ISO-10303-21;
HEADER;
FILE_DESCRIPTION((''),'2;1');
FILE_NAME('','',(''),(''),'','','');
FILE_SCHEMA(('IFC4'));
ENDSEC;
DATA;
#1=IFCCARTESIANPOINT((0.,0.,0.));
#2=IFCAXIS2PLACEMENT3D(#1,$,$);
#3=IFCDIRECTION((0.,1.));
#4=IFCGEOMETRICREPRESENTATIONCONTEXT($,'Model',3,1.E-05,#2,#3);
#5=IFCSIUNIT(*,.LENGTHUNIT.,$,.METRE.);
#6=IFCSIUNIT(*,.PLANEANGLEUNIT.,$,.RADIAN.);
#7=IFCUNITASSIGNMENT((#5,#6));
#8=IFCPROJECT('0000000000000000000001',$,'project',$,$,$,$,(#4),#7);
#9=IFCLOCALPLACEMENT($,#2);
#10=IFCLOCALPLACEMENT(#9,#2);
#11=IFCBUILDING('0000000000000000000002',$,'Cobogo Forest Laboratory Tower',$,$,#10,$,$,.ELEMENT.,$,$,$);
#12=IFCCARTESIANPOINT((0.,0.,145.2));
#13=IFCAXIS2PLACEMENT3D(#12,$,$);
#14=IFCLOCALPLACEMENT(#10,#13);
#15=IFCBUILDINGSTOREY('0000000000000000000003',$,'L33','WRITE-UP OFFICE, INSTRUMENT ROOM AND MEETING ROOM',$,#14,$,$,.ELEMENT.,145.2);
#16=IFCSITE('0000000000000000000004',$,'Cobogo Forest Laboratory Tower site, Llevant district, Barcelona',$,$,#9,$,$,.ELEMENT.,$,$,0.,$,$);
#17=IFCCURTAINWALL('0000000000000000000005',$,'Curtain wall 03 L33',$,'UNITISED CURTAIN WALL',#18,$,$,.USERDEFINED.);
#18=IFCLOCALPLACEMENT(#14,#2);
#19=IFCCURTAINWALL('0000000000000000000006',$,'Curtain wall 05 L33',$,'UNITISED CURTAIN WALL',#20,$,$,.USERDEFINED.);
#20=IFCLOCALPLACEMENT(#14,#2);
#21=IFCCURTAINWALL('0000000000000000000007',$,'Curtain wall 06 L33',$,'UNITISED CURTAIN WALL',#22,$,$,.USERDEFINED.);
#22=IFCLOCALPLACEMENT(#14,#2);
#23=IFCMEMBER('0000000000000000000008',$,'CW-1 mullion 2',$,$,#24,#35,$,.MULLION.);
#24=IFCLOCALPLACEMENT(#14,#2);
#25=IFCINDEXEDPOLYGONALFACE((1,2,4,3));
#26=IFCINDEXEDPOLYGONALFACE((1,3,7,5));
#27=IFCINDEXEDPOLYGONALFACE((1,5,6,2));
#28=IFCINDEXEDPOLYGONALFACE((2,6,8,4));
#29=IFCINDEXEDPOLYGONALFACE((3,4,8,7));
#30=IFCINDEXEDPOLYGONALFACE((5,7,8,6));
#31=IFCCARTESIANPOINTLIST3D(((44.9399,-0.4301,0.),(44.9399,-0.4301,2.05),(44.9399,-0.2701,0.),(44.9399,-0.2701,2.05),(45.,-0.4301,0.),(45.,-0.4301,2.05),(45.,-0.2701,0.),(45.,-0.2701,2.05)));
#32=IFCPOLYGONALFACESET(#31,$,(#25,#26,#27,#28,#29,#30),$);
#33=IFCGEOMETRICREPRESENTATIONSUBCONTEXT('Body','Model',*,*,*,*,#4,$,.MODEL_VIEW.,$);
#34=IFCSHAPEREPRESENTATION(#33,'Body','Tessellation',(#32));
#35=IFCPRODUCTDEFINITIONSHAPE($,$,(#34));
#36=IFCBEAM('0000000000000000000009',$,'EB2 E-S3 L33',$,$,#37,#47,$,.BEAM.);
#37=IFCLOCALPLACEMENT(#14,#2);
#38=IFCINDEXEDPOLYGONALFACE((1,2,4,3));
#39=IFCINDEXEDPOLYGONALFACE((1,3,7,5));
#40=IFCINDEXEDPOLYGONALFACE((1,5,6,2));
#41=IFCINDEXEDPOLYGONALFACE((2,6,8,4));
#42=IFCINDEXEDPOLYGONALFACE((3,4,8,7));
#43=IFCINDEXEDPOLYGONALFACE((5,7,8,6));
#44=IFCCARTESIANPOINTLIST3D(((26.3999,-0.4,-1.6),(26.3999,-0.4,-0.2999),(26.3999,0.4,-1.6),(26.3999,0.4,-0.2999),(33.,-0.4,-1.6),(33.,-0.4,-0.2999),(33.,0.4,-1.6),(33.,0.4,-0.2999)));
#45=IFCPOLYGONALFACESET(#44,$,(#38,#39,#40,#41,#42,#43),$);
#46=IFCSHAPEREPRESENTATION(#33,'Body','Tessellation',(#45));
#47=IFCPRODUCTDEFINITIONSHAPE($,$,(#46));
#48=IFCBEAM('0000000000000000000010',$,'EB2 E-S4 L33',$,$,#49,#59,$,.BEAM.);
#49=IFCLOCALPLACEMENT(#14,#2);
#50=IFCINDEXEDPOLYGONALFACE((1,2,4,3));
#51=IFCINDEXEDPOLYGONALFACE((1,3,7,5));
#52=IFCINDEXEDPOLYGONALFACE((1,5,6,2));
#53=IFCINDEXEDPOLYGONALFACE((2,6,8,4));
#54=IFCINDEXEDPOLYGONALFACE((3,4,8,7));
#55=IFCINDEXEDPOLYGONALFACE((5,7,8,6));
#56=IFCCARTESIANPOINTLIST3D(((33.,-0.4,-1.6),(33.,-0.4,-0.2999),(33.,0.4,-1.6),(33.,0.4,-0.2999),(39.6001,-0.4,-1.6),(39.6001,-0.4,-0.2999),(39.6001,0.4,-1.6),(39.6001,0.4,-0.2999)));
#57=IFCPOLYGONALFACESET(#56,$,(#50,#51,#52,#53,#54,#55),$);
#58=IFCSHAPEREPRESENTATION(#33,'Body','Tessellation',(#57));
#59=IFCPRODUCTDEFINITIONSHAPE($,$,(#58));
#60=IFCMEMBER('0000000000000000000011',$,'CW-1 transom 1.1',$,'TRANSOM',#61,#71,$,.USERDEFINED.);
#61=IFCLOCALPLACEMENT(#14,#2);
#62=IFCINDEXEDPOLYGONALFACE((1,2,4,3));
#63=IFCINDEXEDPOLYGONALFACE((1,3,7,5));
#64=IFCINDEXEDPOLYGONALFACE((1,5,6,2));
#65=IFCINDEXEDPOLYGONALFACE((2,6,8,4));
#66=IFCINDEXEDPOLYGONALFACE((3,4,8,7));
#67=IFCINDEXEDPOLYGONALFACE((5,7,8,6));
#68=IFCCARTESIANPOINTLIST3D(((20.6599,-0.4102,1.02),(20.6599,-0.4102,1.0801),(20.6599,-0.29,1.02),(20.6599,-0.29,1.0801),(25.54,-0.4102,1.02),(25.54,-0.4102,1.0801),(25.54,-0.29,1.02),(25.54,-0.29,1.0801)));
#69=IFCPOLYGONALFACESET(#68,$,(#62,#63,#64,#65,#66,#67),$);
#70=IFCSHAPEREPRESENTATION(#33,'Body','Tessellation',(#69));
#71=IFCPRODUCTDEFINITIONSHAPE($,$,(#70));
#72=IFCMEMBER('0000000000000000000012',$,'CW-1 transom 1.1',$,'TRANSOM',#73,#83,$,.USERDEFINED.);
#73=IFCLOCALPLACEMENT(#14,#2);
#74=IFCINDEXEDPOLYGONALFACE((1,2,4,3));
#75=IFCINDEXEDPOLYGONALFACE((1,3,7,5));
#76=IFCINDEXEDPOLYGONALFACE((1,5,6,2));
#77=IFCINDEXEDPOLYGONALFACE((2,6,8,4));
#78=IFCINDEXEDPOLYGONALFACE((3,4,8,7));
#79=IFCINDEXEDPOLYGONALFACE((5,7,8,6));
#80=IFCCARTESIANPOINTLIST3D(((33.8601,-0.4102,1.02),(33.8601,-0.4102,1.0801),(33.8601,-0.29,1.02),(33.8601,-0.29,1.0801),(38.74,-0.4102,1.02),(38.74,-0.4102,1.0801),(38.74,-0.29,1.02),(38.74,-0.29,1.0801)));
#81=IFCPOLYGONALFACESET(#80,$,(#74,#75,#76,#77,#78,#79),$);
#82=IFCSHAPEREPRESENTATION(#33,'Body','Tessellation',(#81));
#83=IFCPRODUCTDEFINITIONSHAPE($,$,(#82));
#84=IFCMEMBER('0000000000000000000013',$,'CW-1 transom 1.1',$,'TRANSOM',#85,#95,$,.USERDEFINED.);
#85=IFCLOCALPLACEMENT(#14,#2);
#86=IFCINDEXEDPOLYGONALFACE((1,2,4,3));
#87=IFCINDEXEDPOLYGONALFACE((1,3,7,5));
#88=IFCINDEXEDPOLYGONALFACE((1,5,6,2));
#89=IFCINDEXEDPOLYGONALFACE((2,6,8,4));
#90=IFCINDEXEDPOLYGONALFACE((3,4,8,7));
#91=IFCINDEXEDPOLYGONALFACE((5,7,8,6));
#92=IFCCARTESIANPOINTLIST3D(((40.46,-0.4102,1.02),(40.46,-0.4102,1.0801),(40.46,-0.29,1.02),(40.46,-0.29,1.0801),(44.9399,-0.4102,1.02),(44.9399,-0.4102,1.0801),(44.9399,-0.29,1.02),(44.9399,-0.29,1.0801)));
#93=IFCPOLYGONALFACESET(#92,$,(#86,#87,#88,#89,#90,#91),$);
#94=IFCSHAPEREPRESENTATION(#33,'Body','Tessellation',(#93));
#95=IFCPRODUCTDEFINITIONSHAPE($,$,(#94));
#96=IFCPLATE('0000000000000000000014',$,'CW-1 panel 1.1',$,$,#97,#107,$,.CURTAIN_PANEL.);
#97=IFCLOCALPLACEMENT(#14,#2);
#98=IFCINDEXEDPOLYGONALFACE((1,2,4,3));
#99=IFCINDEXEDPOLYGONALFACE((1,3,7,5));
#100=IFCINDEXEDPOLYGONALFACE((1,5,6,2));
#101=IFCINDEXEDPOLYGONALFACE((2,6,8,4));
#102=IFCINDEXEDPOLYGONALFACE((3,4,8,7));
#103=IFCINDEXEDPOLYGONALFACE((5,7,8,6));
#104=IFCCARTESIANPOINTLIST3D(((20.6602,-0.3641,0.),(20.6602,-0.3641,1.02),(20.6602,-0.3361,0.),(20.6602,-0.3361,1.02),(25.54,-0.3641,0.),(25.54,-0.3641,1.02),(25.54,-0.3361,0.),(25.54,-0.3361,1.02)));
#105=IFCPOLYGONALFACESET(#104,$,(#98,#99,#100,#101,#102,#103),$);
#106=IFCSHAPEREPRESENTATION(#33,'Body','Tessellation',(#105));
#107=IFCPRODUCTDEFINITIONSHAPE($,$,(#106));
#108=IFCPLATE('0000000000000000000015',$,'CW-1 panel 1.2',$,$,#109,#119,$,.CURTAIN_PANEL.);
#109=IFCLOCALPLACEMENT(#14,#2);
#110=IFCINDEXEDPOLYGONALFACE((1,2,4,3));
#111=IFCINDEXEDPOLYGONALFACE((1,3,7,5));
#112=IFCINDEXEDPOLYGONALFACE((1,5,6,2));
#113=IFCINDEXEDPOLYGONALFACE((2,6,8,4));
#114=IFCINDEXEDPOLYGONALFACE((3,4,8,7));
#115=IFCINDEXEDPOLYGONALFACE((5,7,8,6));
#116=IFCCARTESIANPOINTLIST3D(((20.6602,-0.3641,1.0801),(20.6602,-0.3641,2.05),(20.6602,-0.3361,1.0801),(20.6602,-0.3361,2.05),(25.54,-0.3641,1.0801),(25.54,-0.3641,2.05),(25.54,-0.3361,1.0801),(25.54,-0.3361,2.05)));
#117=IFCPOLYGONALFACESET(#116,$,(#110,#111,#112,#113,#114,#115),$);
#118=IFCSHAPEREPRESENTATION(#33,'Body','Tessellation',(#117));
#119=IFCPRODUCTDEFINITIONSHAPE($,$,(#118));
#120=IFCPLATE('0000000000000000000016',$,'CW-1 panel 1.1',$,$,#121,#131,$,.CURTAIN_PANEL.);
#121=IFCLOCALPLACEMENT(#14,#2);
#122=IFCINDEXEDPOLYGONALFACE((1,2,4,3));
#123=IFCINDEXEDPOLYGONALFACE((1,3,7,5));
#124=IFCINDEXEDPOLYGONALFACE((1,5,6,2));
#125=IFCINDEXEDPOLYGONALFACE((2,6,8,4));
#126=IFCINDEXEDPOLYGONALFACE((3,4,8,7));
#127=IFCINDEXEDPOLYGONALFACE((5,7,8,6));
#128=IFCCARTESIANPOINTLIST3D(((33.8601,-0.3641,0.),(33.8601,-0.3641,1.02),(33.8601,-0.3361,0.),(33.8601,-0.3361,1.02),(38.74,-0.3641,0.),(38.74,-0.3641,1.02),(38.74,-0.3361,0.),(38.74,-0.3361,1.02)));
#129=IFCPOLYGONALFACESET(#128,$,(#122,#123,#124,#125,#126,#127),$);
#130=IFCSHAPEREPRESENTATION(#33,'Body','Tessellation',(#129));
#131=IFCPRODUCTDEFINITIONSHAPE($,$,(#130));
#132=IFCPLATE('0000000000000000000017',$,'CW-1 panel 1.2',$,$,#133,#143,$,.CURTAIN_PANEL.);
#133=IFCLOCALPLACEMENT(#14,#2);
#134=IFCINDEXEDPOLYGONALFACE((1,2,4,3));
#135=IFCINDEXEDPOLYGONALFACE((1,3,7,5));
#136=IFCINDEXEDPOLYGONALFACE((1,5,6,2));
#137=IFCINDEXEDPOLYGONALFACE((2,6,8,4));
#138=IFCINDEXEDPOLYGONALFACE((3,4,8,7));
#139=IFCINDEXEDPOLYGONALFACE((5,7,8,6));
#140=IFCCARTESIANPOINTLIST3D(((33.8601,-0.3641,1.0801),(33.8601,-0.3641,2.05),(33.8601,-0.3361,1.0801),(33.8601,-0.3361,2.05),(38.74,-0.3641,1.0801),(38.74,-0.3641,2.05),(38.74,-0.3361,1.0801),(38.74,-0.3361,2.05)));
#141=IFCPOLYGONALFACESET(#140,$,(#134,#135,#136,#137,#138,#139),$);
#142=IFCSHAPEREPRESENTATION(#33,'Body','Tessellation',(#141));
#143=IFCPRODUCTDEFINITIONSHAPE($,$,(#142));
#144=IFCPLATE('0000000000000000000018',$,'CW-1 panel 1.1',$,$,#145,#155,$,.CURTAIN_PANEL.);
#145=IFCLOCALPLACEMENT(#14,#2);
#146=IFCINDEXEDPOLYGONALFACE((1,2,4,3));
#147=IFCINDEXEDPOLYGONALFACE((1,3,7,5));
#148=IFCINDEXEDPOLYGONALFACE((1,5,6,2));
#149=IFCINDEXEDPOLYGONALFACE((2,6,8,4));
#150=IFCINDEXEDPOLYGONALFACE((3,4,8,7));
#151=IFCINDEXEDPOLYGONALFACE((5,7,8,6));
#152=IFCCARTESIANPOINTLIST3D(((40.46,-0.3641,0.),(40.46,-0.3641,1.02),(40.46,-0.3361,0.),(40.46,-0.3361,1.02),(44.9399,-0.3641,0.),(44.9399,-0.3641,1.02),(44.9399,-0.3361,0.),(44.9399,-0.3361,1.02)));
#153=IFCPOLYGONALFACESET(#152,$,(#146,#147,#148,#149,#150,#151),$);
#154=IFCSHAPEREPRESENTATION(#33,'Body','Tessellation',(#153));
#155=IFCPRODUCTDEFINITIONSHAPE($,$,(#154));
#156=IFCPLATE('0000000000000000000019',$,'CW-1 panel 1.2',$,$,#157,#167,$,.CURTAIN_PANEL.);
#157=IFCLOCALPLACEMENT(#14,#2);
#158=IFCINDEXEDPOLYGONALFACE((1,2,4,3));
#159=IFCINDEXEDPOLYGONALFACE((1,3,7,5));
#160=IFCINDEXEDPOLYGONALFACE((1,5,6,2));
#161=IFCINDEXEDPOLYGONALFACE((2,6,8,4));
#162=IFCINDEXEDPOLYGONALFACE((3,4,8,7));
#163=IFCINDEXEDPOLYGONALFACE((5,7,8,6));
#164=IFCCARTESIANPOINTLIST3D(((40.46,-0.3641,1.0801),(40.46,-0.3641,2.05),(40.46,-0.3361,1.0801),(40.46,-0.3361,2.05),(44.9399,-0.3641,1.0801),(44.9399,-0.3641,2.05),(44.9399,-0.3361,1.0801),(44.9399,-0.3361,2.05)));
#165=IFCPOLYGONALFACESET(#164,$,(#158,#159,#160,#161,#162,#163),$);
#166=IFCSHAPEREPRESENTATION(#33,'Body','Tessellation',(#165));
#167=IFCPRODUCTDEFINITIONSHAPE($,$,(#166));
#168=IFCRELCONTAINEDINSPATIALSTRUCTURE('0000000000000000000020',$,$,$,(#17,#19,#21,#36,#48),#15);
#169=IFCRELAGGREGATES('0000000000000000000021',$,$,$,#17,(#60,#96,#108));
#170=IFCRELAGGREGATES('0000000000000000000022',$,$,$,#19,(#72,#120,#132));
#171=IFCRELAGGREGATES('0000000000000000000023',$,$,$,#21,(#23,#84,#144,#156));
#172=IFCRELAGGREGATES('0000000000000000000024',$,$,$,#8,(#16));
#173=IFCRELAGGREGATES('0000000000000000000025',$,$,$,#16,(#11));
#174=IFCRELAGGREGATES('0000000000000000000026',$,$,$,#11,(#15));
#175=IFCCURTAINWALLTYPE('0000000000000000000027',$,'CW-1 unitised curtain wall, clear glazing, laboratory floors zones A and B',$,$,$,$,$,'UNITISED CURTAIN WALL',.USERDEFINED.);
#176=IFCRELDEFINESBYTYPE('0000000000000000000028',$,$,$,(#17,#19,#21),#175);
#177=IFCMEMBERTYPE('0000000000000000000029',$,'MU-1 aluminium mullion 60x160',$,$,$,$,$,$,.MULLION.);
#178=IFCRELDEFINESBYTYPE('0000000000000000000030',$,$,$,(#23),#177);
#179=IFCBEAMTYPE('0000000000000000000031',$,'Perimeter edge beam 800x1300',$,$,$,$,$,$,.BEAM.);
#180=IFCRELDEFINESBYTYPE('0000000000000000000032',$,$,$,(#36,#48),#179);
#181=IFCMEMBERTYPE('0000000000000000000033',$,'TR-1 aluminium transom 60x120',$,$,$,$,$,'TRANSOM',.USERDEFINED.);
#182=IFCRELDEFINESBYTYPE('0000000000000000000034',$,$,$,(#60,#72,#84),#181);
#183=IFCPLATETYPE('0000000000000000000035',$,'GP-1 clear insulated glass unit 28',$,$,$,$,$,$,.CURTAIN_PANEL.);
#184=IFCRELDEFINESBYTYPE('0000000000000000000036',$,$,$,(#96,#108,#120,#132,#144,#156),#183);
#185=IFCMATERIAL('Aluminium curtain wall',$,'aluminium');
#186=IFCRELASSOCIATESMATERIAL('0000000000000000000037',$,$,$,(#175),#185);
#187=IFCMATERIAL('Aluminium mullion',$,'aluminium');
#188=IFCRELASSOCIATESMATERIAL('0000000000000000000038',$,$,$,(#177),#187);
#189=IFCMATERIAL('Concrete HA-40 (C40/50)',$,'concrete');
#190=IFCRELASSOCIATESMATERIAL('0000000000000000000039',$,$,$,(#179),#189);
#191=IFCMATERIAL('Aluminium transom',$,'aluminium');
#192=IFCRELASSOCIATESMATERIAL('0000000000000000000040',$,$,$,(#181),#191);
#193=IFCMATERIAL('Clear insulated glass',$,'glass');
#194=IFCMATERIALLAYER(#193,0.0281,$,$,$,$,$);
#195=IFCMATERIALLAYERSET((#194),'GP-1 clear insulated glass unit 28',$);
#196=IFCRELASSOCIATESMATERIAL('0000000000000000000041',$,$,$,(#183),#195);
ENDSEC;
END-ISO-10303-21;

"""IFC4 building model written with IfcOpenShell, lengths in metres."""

from ifc_helpers import new_model, si_unit, direction, frame, origin, origin_2d, place, context, subcontext, project, spatial, rectangle, extrude, material, layer, layer_set, material_profile, profile_set, type_object, element, aggregate, save


model = new_model("IFC4")

# Units and contexts
model_context = context("Model", 3, precision=1e-05, world=origin(), true_north=direction((0.0, 1.0)))
body_context = subcontext(model_context, "Body", "Model", "MODEL_VIEW")
ifc_project = project(units=[si_unit("LENGTHUNIT", "METRE"), si_unit("PLANEANGLEUNIT", "RADIAN")], contexts=[model_context])

# Site, building, storey
site_placement = place(None, origin())
site = spatial("IfcSite", under=ifc_project, at=site_placement, Name="Cobogo Forest Laboratory Tower site, Llevant district, Barcelona", CompositionType="ELEMENT", RefElevation=0.0)
building_placement = place(site_placement, origin())
building = spatial("IfcBuilding", under=site, at=building_placement, Name="Cobogo Forest Laboratory Tower", CompositionType="ELEMENT")
storey_placement = place(building_placement, frame((0.0, 0.0, 145.2)))
storey = spatial("IfcBuildingStorey", under=building, at=storey_placement, Name="L33", Description="WRITE-UP OFFICE, INSTRUMENT ROOM AND MEETING ROOM", CompositionType="ELEMENT", Elevation=145.2)

# Shared definitions
ifc_material_1 = material(Name="Concrete HA-40 (C40/50)", Category="concrete")

# Curtain walls, member
ifc_material_2 = material(Name="Aluminium curtain wall", Category="aluminium")
curtain_wall_type = type_object("IfcCurtainWallType", Name="CW-1 unitised curtain wall, clear glazing, laboratory floors zones A and B", ElementType="UNITISED CURTAIN WALL", PredefinedType="USERDEFINED", material=ifc_material_2)
curtain_wall_1_placement = place(storey_placement, origin())
curtain_wall_1 = element("IfcCurtainWall", 1, at=curtain_wall_1_placement, inside=storey, type_object=curtain_wall_type, Name="Curtain wall 03 L33", ObjectType="UNITISED CURTAIN WALL", PredefinedType="USERDEFINED")
ifc_material_3 = material(Name="Aluminium mullion", Category="aluminium")
ifc_material_profile_1 = material_profile(ifc_material_3, rectangle(XDim=0.0601, YDim=0.1599, at=origin_2d()), Name="AL 60x160")
ifc_profile_set_1 = profile_set([ifc_material_profile_1], Name="Aluminium mullion")
member_type_1 = type_object("IfcMemberType", Name="MU-1 aluminium mullion 60x160", PredefinedType="MULLION", material=ifc_profile_set_1)
curtain_wall_2_placement = place(storey_placement, origin())
curtain_wall_2 = element("IfcCurtainWall", 2, at=curtain_wall_2_placement, inside=storey, type_object=curtain_wall_type, Name="Curtain wall 05 L33", ObjectType="UNITISED CURTAIN WALL", PredefinedType="USERDEFINED")
curtain_wall_3_placement = place(storey_placement, origin())
curtain_wall_3 = element("IfcCurtainWall", 3, at=curtain_wall_3_placement, inside=storey, type_object=curtain_wall_type, Name="Curtain wall 06 L33", ObjectType="UNITISED CURTAIN WALL", PredefinedType="USERDEFINED")
member_1_placement = place(storey_placement, frame((44.97, -0.3501, 0.0), z_axis=(0.0, 0.0, 1.0), x_axis=(1.0, 0.0, 0.0)))
member_1 = element("IfcMember", 4, at=member_1_placement, type_object=member_type_1, Name="CW-1 mullion 2", PredefinedType="MULLION", context=body_context, shape_type="SweptSolid", body=[
    extrude(rectangle(XDim=0.0601, YDim=0.1599, at=origin_2d()), origin(), (0.0, 0.0, 1.0), 2.05),
])

# Beams
ifc_material_profile_2 = material_profile(ifc_material_1, rectangle(XDim=0.8, YDim=1.3, at=origin_2d()), Name="RC 800x1300")
ifc_profile_set_2 = profile_set([ifc_material_profile_2], Name="Concrete HA-40 (C40/50)")
beam_type_1 = type_object("IfcBeamType", Name="Perimeter edge beam 800x1300", PredefinedType="BEAM", material=ifc_profile_set_2)
for number, where, z_axis, x_axis, name in (
    (5, (26.3999, 0.0, -0.95), (1.0, 0.0, 0.0), (0.0, 1.0, 0.0), "EB2 E-S3 L33"),
    (6, (33.0, 0.0, -0.95), (1.0, 0.0, 0.0), (0.0, 1.0, 0.0), "EB2 E-S4 L33"),
):
    element("IfcBeam", number, at=place(storey_placement, frame(where, z_axis=z_axis, x_axis=x_axis)), inside=storey, type_object=beam_type_1, Name=name, PredefinedType="BEAM", context=body_context, shape_type="SweptSolid", body=[
        extrude(rectangle(XDim=0.8, YDim=1.3, at=origin_2d()), origin(), (0.0, 0.0, 1.0), 6.6001),
    ])

# Members
ifc_material_4 = material(Name="Aluminium transom", Category="aluminium")
ifc_material_profile_3 = material_profile(ifc_material_4, rectangle(XDim=0.1201, YDim=0.0601, at=origin_2d()), Name="AL 60x120")
ifc_profile_set_3 = profile_set([ifc_material_profile_3], Name="Aluminium transom")
member_type_2 = type_object("IfcMemberType", Name="TR-1 aluminium transom 60x120", ElementType="TRANSOM", PredefinedType="USERDEFINED", material=ifc_profile_set_3)
member_2_placement = place(storey_placement, frame((20.6599, -0.3501, 1.05), z_axis=(1.0, 0.0, 0.0), x_axis=(0.0, 1.0, 0.0)))
member_2 = element("IfcMember", 7, at=member_2_placement, type_object=member_type_2, Name="CW-1 transom 1.1", ObjectType="TRANSOM", PredefinedType="USERDEFINED", context=body_context, shape_type="SweptSolid", body=[
    extrude(rectangle(XDim=0.1201, YDim=0.0601, at=origin_2d()), origin(), (0.0, 0.0, 1.0), 4.8801),
])
member_3_placement = place(storey_placement, frame((33.8601, -0.3501, 1.05), z_axis=(1.0, 0.0, 0.0), x_axis=(0.0, 1.0, 0.0)))
member_3 = element("IfcMember", 8, at=member_3_placement, type_object=member_type_2, Name="CW-1 transom 1.1", ObjectType="TRANSOM", PredefinedType="USERDEFINED", context=body_context, shape_type="SweptSolid", body=[
    extrude(rectangle(XDim=0.1201, YDim=0.0601, at=origin_2d()), origin(), (0.0, 0.0, 1.0), 4.8799),
])
member_4_placement = place(storey_placement, frame((40.46, -0.3501, 1.05), z_axis=(1.0, 0.0, 0.0), x_axis=(0.0, 1.0, 0.0)))
member_4 = element("IfcMember", 9, at=member_4_placement, type_object=member_type_2, Name="CW-1 transom 1.1", ObjectType="TRANSOM", PredefinedType="USERDEFINED", context=body_context, shape_type="SweptSolid", body=[
    extrude(rectangle(XDim=0.1201, YDim=0.0601, at=origin_2d()), origin(), (0.0, 0.0, 1.0), 4.48),
])

# Plates
ifc_material_5 = material(Name="Clear insulated glass", Category="glass")
ifc_layer_1 = layer(ifc_material_5, 0.0281)
ifc_layer_set_1 = layer_set([ifc_layer_1], Name="GP-1 clear insulated glass unit 28")
plate_type_1 = type_object("IfcPlateType", Name="GP-1 clear insulated glass unit 28", PredefinedType="CURTAIN_PANEL", material=ifc_layer_set_1)
plate_1_placement = place(storey_placement, frame((23.1001, -0.3501, 0.0), z_axis=(0.0, 0.0, 1.0), x_axis=(1.0, 0.0, 0.0)))
plate_1 = element("IfcPlate", 10, at=plate_1_placement, type_object=plate_type_1, Name="CW-1 panel 1.1", PredefinedType="CURTAIN_PANEL", context=body_context, shape_type="SweptSolid", body=[
    extrude(rectangle(XDim=4.8799, YDim=0.0281, at=origin_2d()), origin(), (0.0, 0.0, 1.0), 1.02),
])
plate_2_placement = place(storey_placement, frame((23.1001, -0.3501, 1.0801), z_axis=(0.0, 0.0, 1.0), x_axis=(1.0, 0.0, 0.0)))
plate_2 = element("IfcPlate", 11, at=plate_2_placement, type_object=plate_type_1, Name="CW-1 panel 1.2", PredefinedType="CURTAIN_PANEL", context=body_context, shape_type="SweptSolid", body=[
    extrude(rectangle(XDim=4.8799, YDim=0.0281, at=origin_2d()), origin(), (0.0, 0.0, 1.0), 0.97),
])
aggregate(curtain_wall_1, [member_2, plate_1, plate_2])
plate_3_placement = place(storey_placement, frame((36.3, -0.3501, 0.0), z_axis=(0.0, 0.0, 1.0), x_axis=(1.0, 0.0, 0.0)))
plate_3 = element("IfcPlate", 12, at=plate_3_placement, type_object=plate_type_1, Name="CW-1 panel 1.1", PredefinedType="CURTAIN_PANEL", context=body_context, shape_type="SweptSolid", body=[
    extrude(rectangle(XDim=4.8799, YDim=0.0281, at=origin_2d()), origin(), (0.0, 0.0, 1.0), 1.02),
])
plate_4_placement = place(storey_placement, frame((36.3, -0.3501, 1.0801), z_axis=(0.0, 0.0, 1.0), x_axis=(1.0, 0.0, 0.0)))
plate_4 = element("IfcPlate", 13, at=plate_4_placement, type_object=plate_type_1, Name="CW-1 panel 1.2", PredefinedType="CURTAIN_PANEL", context=body_context, shape_type="SweptSolid", body=[
    extrude(rectangle(XDim=4.8799, YDim=0.0281, at=origin_2d()), origin(), (0.0, 0.0, 1.0), 0.97),
])
aggregate(curtain_wall_2, [member_3, plate_3, plate_4])
plate_5_placement = place(storey_placement, frame((42.7, -0.3501, 0.0), z_axis=(0.0, 0.0, 1.0), x_axis=(1.0, 0.0, 0.0)))
plate_5 = element("IfcPlate", 14, at=plate_5_placement, type_object=plate_type_1, Name="CW-1 panel 1.1", PredefinedType="CURTAIN_PANEL", context=body_context, shape_type="SweptSolid", body=[
    extrude(rectangle(XDim=4.48, YDim=0.0281, at=origin_2d()), origin(), (0.0, 0.0, 1.0), 1.02),
])
plate_6_placement = place(storey_placement, frame((42.7, -0.3501, 1.0801), z_axis=(0.0, 0.0, 1.0), x_axis=(1.0, 0.0, 0.0)))
plate_6 = element("IfcPlate", 15, at=plate_6_placement, type_object=plate_type_1, Name="CW-1 panel 1.2", PredefinedType="CURTAIN_PANEL", context=body_context, shape_type="SweptSolid", body=[
    extrude(rectangle(XDim=4.48, YDim=0.0281, at=origin_2d()), origin(), (0.0, 0.0, 1.0), 0.97),
])
aggregate(curtain_wall_3, [member_1, member_4, plate_5, plate_6])

save(model, "model.ifc")
